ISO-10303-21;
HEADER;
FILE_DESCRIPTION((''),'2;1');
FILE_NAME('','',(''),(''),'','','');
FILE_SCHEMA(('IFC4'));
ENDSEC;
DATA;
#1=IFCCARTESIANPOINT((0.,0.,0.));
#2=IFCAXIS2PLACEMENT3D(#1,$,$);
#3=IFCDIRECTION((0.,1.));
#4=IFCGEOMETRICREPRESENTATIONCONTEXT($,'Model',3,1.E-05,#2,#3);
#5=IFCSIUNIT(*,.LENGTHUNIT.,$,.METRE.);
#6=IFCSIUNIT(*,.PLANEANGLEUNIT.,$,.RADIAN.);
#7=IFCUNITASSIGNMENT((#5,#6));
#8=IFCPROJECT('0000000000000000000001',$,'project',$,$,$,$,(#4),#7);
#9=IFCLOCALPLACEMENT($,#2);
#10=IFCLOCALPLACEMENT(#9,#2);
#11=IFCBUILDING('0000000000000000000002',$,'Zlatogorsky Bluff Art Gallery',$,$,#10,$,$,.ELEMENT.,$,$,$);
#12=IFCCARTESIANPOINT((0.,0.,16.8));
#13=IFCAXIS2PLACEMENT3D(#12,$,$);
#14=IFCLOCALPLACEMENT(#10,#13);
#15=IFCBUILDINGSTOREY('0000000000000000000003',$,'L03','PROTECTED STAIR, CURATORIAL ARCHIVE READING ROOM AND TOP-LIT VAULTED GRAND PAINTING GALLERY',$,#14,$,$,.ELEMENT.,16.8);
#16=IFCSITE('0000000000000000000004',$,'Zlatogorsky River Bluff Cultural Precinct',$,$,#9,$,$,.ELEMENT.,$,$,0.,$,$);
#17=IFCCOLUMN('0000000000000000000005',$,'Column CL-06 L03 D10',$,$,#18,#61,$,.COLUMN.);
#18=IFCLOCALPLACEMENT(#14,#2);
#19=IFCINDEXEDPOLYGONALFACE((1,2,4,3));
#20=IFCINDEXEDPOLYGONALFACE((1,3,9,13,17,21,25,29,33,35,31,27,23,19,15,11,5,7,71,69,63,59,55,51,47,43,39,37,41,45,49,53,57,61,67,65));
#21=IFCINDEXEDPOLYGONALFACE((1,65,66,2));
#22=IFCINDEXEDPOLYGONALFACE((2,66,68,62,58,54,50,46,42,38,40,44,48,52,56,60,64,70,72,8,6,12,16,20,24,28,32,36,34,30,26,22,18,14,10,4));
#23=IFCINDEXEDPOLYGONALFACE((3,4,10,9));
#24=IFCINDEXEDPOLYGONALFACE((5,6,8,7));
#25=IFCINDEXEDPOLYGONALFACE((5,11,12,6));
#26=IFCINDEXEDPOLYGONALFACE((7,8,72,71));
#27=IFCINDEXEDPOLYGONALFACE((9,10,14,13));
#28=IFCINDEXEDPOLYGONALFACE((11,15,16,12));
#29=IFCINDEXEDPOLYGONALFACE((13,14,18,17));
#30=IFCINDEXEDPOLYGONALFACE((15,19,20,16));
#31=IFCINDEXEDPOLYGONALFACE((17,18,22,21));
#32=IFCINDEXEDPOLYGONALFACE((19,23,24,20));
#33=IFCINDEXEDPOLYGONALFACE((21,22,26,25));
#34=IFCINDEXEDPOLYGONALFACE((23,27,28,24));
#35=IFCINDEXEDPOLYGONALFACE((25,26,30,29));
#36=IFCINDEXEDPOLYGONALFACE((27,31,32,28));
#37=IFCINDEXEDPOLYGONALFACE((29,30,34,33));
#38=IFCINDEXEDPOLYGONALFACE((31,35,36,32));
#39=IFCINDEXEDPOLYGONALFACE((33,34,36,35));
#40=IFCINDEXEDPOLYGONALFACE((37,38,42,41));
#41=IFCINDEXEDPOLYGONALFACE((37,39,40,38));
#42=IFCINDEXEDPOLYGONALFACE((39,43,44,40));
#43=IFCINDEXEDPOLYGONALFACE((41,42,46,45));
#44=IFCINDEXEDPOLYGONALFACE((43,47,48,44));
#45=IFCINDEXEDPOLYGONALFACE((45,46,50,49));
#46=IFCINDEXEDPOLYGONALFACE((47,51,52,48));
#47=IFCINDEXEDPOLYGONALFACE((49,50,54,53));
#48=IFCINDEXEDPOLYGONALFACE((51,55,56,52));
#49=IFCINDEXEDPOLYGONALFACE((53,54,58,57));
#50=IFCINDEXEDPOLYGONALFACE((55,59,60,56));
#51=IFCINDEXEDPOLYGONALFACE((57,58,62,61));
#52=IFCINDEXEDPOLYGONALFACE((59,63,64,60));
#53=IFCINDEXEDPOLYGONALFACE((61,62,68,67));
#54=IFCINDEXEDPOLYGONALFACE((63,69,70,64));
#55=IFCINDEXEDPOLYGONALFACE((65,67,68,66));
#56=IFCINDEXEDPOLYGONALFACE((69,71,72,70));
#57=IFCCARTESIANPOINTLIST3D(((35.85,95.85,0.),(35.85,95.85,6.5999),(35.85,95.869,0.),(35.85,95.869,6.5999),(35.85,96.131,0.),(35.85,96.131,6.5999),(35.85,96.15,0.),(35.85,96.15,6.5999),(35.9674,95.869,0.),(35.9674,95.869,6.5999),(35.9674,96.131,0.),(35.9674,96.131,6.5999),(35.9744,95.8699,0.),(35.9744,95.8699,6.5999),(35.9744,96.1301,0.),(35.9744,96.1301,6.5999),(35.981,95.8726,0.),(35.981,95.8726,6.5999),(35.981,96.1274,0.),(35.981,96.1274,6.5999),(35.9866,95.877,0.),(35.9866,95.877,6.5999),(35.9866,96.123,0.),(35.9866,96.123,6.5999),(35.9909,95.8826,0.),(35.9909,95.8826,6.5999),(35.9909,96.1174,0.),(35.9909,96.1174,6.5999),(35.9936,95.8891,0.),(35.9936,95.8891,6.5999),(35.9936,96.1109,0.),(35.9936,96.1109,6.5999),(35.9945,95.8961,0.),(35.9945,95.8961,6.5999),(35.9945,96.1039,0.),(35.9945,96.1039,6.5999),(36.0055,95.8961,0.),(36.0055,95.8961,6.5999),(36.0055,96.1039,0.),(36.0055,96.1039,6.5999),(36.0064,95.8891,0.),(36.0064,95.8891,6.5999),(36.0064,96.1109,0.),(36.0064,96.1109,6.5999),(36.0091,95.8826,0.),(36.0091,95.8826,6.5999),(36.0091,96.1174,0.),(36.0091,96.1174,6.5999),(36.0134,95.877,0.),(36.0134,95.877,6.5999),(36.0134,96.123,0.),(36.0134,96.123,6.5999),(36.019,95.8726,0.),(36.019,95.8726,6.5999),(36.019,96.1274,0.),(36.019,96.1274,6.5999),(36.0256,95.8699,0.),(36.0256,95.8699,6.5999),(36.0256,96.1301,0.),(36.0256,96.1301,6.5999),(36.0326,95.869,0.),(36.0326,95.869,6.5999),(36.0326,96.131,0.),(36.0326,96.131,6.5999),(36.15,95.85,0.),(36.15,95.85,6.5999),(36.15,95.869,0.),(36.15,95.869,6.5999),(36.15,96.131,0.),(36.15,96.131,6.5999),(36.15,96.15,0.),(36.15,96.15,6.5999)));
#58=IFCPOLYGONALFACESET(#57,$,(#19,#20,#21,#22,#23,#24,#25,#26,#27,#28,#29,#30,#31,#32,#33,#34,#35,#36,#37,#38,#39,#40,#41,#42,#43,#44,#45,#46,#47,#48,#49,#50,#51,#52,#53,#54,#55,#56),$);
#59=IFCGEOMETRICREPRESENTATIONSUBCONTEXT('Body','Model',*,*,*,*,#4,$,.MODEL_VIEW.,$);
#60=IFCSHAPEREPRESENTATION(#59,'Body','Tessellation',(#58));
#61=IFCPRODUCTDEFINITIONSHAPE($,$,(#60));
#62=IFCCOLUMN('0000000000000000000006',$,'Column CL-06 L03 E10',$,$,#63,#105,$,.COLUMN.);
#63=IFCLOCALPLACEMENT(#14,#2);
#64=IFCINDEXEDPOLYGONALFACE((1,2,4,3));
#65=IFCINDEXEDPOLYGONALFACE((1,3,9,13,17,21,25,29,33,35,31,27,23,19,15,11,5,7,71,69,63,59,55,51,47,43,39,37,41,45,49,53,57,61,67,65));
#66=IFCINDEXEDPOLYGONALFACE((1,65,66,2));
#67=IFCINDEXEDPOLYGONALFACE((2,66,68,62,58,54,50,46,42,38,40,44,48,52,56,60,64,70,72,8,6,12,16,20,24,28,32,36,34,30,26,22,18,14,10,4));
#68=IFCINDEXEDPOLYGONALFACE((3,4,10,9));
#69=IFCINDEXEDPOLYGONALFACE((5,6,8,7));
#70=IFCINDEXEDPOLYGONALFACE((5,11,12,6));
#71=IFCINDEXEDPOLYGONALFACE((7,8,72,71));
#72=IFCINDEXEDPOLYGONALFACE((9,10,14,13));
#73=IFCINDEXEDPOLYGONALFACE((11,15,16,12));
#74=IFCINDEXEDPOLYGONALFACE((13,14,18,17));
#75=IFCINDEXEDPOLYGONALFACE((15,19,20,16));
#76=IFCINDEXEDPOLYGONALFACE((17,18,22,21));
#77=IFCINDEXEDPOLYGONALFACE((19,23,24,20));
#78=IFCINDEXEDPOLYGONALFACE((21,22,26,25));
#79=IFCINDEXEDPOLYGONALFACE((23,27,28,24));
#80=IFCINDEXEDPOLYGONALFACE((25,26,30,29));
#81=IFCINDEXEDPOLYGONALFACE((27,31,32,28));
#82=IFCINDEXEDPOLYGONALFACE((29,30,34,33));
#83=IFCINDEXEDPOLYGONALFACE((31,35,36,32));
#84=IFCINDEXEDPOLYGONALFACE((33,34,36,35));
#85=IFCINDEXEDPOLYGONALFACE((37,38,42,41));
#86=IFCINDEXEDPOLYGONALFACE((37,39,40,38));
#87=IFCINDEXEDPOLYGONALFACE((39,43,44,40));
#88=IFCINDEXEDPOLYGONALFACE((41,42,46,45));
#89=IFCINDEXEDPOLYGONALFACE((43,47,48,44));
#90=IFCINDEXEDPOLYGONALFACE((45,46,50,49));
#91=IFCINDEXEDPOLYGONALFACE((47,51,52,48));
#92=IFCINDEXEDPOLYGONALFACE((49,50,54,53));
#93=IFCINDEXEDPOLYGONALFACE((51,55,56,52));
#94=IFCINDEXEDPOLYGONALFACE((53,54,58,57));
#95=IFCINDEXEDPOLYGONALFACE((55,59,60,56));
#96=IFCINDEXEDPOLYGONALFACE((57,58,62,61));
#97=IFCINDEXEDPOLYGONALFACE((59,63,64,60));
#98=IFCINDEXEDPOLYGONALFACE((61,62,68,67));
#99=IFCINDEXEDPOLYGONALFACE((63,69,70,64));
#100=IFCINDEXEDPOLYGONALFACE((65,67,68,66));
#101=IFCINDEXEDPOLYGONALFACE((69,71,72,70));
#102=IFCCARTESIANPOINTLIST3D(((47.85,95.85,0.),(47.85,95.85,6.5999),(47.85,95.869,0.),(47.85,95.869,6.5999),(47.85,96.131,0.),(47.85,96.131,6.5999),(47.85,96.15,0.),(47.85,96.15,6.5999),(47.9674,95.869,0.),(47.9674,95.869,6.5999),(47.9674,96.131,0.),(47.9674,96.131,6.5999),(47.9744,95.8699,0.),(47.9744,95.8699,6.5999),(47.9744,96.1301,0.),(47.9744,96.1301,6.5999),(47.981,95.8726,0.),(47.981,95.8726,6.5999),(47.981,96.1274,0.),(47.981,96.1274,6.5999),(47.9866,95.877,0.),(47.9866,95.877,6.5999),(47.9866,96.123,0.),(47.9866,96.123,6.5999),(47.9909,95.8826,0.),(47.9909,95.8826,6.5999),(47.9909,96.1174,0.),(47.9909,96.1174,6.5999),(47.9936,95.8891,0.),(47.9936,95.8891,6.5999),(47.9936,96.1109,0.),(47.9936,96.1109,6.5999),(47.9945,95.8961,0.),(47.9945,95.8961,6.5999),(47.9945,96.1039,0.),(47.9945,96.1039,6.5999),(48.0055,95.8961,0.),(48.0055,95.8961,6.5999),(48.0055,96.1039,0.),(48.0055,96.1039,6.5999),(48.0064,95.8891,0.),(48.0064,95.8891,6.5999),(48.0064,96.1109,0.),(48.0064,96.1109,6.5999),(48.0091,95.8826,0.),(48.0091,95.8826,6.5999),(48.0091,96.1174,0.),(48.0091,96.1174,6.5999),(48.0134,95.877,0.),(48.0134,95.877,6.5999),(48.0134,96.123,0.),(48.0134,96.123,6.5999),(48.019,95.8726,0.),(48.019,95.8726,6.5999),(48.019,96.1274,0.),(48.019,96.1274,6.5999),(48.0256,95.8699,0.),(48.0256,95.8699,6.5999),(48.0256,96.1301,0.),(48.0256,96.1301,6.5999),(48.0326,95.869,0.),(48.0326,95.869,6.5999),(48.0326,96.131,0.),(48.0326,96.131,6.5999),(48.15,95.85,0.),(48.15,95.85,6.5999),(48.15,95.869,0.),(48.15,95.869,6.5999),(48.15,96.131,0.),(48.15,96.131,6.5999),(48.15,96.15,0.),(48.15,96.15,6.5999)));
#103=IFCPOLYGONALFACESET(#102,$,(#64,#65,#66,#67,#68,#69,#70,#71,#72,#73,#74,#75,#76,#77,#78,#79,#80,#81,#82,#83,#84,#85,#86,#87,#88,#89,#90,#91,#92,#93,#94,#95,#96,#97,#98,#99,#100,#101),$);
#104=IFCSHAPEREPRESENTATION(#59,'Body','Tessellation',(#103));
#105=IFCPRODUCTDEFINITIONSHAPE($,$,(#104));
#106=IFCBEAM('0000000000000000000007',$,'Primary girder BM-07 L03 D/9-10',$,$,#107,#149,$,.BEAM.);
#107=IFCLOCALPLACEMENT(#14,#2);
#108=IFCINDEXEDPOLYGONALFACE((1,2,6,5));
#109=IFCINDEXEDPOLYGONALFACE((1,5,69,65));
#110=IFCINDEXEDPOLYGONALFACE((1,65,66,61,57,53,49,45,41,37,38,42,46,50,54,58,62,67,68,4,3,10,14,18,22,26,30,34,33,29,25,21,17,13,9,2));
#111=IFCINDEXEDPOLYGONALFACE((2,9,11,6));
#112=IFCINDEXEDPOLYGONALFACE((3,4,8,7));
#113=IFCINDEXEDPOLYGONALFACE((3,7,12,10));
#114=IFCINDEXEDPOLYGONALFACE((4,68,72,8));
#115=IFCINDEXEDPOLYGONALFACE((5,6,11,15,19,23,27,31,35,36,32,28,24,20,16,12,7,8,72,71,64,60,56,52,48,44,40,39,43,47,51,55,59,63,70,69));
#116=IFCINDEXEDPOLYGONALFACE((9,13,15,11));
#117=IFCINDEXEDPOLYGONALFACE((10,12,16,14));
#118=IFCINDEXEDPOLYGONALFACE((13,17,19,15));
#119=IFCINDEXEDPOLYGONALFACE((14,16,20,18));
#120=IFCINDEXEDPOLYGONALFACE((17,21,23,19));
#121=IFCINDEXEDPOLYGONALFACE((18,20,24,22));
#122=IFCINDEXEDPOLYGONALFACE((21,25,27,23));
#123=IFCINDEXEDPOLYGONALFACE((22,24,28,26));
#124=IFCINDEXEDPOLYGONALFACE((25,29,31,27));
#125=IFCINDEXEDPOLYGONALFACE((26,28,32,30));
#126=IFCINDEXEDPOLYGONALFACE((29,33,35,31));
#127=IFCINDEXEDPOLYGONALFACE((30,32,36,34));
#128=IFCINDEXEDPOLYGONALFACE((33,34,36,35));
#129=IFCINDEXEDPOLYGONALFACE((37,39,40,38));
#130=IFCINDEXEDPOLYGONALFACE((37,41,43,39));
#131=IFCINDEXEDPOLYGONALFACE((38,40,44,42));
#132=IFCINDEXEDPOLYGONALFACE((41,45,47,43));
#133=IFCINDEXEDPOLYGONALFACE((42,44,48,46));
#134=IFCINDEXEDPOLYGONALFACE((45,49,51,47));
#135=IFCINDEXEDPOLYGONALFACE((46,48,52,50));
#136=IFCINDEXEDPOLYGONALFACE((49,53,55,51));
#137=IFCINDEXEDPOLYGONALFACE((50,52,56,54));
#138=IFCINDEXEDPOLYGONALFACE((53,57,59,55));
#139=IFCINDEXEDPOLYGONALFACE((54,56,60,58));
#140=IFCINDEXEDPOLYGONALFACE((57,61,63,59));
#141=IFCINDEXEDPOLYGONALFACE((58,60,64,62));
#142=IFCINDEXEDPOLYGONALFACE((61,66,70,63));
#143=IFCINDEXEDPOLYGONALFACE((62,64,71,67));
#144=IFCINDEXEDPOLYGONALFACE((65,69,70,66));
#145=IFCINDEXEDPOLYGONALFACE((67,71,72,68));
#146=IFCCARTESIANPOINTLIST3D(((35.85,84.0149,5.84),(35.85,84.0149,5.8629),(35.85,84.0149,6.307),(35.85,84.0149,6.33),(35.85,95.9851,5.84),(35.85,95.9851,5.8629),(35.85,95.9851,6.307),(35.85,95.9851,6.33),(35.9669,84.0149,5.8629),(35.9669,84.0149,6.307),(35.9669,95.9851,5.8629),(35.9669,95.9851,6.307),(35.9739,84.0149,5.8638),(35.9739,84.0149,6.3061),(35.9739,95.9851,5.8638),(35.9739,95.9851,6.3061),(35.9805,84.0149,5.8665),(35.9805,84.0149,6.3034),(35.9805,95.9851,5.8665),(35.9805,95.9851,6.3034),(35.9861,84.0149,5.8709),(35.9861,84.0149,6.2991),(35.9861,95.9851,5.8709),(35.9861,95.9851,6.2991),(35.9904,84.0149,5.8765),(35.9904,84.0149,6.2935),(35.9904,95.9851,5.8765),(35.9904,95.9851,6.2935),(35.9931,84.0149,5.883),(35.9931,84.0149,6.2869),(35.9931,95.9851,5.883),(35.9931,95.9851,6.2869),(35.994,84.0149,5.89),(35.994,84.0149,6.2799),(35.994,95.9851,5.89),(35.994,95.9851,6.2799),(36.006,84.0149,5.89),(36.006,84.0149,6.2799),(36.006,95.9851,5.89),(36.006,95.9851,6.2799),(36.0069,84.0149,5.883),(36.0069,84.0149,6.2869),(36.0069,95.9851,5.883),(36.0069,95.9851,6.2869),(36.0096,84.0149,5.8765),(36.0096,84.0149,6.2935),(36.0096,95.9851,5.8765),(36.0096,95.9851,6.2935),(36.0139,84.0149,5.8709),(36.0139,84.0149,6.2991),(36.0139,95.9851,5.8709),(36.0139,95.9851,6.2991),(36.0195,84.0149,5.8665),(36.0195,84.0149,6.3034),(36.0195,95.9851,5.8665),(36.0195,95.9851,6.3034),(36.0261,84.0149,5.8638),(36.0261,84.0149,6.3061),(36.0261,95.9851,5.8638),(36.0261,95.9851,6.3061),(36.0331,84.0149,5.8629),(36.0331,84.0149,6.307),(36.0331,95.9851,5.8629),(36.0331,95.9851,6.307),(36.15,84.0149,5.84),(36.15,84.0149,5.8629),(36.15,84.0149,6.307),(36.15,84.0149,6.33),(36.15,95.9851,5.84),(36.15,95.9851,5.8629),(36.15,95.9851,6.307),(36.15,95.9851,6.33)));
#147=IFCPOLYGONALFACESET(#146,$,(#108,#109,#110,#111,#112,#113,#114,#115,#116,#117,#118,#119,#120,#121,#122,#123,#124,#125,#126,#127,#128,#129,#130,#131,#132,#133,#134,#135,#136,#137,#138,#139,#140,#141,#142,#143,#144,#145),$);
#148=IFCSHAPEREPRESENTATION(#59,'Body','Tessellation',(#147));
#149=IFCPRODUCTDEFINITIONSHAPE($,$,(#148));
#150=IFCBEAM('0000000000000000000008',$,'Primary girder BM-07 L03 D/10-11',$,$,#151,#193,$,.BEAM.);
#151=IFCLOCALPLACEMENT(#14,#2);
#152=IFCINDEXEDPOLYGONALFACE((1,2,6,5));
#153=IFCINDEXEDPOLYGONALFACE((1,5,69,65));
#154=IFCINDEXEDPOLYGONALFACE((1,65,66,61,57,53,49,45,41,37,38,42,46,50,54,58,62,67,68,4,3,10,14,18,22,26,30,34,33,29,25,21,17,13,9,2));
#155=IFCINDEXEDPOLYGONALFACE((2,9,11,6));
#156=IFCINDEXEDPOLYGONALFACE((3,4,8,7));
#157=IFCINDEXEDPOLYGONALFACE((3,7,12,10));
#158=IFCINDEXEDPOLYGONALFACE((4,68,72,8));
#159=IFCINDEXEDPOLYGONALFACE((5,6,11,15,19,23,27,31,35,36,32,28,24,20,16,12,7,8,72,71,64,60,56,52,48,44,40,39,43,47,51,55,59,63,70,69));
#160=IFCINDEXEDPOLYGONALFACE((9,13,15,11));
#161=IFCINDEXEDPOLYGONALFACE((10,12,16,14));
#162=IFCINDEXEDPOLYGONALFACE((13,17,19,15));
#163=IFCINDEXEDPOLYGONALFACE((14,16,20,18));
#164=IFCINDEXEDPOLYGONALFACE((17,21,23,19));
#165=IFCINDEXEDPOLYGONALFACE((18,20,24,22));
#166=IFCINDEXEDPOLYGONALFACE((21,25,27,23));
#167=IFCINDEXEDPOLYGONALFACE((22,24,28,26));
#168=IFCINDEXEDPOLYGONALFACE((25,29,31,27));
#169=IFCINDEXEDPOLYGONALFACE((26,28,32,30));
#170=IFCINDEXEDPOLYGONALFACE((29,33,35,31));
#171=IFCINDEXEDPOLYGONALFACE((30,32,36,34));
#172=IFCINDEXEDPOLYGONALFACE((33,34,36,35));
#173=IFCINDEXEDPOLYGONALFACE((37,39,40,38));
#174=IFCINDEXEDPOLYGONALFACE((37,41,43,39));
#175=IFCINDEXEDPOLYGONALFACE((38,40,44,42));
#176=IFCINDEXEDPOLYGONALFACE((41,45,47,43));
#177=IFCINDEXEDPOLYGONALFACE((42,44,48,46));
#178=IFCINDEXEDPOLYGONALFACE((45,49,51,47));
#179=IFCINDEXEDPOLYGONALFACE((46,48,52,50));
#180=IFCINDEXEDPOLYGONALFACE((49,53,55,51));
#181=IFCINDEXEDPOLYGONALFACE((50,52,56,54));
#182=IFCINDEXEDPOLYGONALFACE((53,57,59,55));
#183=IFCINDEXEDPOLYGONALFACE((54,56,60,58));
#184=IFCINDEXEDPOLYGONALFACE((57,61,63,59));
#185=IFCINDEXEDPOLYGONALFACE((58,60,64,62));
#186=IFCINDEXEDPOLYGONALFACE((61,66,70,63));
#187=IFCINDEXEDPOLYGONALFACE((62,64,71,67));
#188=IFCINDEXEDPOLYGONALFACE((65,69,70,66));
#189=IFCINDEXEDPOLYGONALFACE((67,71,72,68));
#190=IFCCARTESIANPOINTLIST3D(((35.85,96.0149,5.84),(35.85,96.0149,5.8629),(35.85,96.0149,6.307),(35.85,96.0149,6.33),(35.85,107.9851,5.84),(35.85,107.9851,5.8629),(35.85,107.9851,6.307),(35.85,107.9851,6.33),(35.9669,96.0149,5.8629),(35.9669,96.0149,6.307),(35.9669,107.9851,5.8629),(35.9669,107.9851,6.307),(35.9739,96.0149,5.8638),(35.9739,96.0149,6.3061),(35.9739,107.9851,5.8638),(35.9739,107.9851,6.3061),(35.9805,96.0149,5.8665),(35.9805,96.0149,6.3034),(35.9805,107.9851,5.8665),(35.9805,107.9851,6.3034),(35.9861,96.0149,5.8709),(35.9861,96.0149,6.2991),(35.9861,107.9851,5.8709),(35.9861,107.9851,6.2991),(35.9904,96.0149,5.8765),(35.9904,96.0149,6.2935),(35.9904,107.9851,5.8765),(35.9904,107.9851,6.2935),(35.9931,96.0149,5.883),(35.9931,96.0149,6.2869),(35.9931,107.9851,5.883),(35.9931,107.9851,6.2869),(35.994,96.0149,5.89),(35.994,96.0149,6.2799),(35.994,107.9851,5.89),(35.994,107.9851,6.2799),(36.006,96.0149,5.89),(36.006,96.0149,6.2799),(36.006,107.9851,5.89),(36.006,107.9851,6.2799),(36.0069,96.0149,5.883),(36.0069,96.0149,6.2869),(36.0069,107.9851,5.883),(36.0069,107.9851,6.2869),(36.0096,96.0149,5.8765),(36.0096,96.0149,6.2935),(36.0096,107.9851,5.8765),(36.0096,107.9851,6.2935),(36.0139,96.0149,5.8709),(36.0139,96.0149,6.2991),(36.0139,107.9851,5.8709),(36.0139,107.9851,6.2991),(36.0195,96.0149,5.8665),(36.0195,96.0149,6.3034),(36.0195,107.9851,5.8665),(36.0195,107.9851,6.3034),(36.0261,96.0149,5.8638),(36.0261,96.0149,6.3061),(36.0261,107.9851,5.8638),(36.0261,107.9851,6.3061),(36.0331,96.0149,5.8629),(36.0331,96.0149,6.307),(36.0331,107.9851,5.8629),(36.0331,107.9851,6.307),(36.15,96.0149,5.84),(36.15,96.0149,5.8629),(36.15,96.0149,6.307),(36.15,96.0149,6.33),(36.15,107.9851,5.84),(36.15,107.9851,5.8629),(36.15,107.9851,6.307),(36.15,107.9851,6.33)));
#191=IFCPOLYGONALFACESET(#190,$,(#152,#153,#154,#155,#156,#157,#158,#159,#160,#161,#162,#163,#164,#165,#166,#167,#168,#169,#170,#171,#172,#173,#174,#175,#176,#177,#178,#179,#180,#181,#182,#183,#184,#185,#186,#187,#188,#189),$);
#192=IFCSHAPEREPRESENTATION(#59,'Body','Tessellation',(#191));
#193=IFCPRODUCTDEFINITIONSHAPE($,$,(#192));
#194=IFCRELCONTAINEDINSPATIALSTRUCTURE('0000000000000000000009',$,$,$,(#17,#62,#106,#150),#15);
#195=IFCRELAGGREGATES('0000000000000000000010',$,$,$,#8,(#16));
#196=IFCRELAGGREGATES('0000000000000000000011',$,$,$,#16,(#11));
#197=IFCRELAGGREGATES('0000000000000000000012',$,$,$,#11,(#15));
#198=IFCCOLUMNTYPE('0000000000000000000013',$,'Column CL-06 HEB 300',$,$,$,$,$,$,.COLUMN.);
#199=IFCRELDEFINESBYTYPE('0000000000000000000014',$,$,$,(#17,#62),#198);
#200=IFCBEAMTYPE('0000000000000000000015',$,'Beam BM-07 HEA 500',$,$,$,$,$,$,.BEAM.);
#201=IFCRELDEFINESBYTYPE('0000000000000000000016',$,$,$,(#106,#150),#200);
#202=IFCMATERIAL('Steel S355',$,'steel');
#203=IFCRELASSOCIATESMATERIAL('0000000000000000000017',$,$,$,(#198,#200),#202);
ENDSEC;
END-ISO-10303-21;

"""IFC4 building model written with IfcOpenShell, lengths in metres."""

from ifc_helpers import new_model, si_unit, direction, frame, origin, origin_2d, place, context, subcontext, project, spatial, i_section, extrude, material, material_profile, profile_set, type_object, element, save


model = new_model("IFC4")

# Units and contexts
model_context = context("Model", 3, precision=1e-05, world=origin(), true_north=direction((0.0, 1.0)))
body_context = subcontext(model_context, "Body", "Model", "MODEL_VIEW")
ifc_project = project(units=[si_unit("LENGTHUNIT", "METRE"), si_unit("PLANEANGLEUNIT", "RADIAN")], contexts=[model_context])

# Site, building, storey
site_placement = place(None, origin())
site = spatial("IfcSite", under=ifc_project, at=site_placement, Name="Zlatogorsky River Bluff Cultural Precinct", CompositionType="ELEMENT", RefElevation=0.0)
building_placement = place(site_placement, origin())
building = spatial("IfcBuilding", under=site, at=building_placement, Name="Zlatogorsky Bluff Art Gallery", CompositionType="ELEMENT")
storey_placement = place(building_placement, frame((0.0, 0.0, 16.8)))
storey = spatial("IfcBuildingStorey", under=building, at=storey_placement, Name="L03", Description="PROTECTED STAIR, CURATORIAL ARCHIVE READING ROOM AND TOP-LIT VAULTED GRAND PAINTING GALLERY", CompositionType="ELEMENT", Elevation=16.8)

# Columns
ifc_material_1 = material(Name="Steel S355", Category="steel")
ifc_material_profile_1 = material_profile(ifc_material_1, i_section(OverallWidth=0.3, OverallDepth=0.3, WebThickness=0.011, FlangeThickness=0.019, FilletRadius=0.0271, at=origin_2d()), Name="HEB 300")
ifc_profile_set_1 = profile_set([ifc_material_profile_1], Name="Steel S355")
column_type = type_object("IfcColumnType", Name="Column CL-06 HEB 300", PredefinedType="COLUMN", material=ifc_profile_set_1)
for number, where, z_axis, x_axis, name in (
    (1, (36.0, 96.0, 0.0), (0.0, 0.0, 1.0), (1.0, 0.0, 0.0), "Column CL-06 L03 D10"),
    (2, (48.0, 96.0, 0.0), (0.0, 0.0, 1.0), (1.0, 0.0, 0.0), "Column CL-06 L03 E10"),
):
    element("IfcColumn", number, at=place(storey_placement, frame(where, z_axis=z_axis, x_axis=x_axis)), inside=storey, type_object=column_type, Name=name, PredefinedType="COLUMN", context=body_context, shape_type="SweptSolid", body=[
        extrude(i_section(OverallWidth=0.3, OverallDepth=0.3, WebThickness=0.011, FlangeThickness=0.019, FilletRadius=0.0271, at=origin_2d()), origin(), (0.0, 0.0, 1.0), 6.5999),
    ])

# Beams
ifc_material_profile_2 = material_profile(ifc_material_1, i_section(OverallWidth=0.3, OverallDepth=0.49, WebThickness=0.012, FlangeThickness=0.0229, FilletRadius=0.0271, at=origin_2d()), Name="HEA 500")
ifc_profile_set_2 = profile_set([ifc_material_profile_2], Name="Steel S355")
beam_type_1 = type_object("IfcBeamType", Name="Beam BM-07 HEA 500", PredefinedType="BEAM", material=ifc_profile_set_2)
for number, where, z_axis, x_axis, name in (
    (3, (36.0, 84.0149, 6.085), (0.0, 1.0, 0.0), (-1.0, 0.0, 0.0), "Primary girder BM-07 L03 D/9-10"),
    (4, (36.0, 96.0149, 6.085), (0.0, 1.0, 0.0), (-1.0, 0.0, 0.0), "Primary girder BM-07 L03 D/10-11"),
):
    element("IfcBeam", number, at=place(storey_placement, frame(where, z_axis=z_axis, x_axis=x_axis)), inside=storey, type_object=beam_type_1, Name=name, PredefinedType="BEAM", context=body_context, shape_type="SweptSolid", body=[
        extrude(i_section(OverallWidth=0.3, OverallDepth=0.49, WebThickness=0.012, FlangeThickness=0.0229, FilletRadius=0.0271, at=origin_2d()), origin(), (0.0, 0.0, 1.0), 11.9702),
    ])

save(model, "model.ifc")
